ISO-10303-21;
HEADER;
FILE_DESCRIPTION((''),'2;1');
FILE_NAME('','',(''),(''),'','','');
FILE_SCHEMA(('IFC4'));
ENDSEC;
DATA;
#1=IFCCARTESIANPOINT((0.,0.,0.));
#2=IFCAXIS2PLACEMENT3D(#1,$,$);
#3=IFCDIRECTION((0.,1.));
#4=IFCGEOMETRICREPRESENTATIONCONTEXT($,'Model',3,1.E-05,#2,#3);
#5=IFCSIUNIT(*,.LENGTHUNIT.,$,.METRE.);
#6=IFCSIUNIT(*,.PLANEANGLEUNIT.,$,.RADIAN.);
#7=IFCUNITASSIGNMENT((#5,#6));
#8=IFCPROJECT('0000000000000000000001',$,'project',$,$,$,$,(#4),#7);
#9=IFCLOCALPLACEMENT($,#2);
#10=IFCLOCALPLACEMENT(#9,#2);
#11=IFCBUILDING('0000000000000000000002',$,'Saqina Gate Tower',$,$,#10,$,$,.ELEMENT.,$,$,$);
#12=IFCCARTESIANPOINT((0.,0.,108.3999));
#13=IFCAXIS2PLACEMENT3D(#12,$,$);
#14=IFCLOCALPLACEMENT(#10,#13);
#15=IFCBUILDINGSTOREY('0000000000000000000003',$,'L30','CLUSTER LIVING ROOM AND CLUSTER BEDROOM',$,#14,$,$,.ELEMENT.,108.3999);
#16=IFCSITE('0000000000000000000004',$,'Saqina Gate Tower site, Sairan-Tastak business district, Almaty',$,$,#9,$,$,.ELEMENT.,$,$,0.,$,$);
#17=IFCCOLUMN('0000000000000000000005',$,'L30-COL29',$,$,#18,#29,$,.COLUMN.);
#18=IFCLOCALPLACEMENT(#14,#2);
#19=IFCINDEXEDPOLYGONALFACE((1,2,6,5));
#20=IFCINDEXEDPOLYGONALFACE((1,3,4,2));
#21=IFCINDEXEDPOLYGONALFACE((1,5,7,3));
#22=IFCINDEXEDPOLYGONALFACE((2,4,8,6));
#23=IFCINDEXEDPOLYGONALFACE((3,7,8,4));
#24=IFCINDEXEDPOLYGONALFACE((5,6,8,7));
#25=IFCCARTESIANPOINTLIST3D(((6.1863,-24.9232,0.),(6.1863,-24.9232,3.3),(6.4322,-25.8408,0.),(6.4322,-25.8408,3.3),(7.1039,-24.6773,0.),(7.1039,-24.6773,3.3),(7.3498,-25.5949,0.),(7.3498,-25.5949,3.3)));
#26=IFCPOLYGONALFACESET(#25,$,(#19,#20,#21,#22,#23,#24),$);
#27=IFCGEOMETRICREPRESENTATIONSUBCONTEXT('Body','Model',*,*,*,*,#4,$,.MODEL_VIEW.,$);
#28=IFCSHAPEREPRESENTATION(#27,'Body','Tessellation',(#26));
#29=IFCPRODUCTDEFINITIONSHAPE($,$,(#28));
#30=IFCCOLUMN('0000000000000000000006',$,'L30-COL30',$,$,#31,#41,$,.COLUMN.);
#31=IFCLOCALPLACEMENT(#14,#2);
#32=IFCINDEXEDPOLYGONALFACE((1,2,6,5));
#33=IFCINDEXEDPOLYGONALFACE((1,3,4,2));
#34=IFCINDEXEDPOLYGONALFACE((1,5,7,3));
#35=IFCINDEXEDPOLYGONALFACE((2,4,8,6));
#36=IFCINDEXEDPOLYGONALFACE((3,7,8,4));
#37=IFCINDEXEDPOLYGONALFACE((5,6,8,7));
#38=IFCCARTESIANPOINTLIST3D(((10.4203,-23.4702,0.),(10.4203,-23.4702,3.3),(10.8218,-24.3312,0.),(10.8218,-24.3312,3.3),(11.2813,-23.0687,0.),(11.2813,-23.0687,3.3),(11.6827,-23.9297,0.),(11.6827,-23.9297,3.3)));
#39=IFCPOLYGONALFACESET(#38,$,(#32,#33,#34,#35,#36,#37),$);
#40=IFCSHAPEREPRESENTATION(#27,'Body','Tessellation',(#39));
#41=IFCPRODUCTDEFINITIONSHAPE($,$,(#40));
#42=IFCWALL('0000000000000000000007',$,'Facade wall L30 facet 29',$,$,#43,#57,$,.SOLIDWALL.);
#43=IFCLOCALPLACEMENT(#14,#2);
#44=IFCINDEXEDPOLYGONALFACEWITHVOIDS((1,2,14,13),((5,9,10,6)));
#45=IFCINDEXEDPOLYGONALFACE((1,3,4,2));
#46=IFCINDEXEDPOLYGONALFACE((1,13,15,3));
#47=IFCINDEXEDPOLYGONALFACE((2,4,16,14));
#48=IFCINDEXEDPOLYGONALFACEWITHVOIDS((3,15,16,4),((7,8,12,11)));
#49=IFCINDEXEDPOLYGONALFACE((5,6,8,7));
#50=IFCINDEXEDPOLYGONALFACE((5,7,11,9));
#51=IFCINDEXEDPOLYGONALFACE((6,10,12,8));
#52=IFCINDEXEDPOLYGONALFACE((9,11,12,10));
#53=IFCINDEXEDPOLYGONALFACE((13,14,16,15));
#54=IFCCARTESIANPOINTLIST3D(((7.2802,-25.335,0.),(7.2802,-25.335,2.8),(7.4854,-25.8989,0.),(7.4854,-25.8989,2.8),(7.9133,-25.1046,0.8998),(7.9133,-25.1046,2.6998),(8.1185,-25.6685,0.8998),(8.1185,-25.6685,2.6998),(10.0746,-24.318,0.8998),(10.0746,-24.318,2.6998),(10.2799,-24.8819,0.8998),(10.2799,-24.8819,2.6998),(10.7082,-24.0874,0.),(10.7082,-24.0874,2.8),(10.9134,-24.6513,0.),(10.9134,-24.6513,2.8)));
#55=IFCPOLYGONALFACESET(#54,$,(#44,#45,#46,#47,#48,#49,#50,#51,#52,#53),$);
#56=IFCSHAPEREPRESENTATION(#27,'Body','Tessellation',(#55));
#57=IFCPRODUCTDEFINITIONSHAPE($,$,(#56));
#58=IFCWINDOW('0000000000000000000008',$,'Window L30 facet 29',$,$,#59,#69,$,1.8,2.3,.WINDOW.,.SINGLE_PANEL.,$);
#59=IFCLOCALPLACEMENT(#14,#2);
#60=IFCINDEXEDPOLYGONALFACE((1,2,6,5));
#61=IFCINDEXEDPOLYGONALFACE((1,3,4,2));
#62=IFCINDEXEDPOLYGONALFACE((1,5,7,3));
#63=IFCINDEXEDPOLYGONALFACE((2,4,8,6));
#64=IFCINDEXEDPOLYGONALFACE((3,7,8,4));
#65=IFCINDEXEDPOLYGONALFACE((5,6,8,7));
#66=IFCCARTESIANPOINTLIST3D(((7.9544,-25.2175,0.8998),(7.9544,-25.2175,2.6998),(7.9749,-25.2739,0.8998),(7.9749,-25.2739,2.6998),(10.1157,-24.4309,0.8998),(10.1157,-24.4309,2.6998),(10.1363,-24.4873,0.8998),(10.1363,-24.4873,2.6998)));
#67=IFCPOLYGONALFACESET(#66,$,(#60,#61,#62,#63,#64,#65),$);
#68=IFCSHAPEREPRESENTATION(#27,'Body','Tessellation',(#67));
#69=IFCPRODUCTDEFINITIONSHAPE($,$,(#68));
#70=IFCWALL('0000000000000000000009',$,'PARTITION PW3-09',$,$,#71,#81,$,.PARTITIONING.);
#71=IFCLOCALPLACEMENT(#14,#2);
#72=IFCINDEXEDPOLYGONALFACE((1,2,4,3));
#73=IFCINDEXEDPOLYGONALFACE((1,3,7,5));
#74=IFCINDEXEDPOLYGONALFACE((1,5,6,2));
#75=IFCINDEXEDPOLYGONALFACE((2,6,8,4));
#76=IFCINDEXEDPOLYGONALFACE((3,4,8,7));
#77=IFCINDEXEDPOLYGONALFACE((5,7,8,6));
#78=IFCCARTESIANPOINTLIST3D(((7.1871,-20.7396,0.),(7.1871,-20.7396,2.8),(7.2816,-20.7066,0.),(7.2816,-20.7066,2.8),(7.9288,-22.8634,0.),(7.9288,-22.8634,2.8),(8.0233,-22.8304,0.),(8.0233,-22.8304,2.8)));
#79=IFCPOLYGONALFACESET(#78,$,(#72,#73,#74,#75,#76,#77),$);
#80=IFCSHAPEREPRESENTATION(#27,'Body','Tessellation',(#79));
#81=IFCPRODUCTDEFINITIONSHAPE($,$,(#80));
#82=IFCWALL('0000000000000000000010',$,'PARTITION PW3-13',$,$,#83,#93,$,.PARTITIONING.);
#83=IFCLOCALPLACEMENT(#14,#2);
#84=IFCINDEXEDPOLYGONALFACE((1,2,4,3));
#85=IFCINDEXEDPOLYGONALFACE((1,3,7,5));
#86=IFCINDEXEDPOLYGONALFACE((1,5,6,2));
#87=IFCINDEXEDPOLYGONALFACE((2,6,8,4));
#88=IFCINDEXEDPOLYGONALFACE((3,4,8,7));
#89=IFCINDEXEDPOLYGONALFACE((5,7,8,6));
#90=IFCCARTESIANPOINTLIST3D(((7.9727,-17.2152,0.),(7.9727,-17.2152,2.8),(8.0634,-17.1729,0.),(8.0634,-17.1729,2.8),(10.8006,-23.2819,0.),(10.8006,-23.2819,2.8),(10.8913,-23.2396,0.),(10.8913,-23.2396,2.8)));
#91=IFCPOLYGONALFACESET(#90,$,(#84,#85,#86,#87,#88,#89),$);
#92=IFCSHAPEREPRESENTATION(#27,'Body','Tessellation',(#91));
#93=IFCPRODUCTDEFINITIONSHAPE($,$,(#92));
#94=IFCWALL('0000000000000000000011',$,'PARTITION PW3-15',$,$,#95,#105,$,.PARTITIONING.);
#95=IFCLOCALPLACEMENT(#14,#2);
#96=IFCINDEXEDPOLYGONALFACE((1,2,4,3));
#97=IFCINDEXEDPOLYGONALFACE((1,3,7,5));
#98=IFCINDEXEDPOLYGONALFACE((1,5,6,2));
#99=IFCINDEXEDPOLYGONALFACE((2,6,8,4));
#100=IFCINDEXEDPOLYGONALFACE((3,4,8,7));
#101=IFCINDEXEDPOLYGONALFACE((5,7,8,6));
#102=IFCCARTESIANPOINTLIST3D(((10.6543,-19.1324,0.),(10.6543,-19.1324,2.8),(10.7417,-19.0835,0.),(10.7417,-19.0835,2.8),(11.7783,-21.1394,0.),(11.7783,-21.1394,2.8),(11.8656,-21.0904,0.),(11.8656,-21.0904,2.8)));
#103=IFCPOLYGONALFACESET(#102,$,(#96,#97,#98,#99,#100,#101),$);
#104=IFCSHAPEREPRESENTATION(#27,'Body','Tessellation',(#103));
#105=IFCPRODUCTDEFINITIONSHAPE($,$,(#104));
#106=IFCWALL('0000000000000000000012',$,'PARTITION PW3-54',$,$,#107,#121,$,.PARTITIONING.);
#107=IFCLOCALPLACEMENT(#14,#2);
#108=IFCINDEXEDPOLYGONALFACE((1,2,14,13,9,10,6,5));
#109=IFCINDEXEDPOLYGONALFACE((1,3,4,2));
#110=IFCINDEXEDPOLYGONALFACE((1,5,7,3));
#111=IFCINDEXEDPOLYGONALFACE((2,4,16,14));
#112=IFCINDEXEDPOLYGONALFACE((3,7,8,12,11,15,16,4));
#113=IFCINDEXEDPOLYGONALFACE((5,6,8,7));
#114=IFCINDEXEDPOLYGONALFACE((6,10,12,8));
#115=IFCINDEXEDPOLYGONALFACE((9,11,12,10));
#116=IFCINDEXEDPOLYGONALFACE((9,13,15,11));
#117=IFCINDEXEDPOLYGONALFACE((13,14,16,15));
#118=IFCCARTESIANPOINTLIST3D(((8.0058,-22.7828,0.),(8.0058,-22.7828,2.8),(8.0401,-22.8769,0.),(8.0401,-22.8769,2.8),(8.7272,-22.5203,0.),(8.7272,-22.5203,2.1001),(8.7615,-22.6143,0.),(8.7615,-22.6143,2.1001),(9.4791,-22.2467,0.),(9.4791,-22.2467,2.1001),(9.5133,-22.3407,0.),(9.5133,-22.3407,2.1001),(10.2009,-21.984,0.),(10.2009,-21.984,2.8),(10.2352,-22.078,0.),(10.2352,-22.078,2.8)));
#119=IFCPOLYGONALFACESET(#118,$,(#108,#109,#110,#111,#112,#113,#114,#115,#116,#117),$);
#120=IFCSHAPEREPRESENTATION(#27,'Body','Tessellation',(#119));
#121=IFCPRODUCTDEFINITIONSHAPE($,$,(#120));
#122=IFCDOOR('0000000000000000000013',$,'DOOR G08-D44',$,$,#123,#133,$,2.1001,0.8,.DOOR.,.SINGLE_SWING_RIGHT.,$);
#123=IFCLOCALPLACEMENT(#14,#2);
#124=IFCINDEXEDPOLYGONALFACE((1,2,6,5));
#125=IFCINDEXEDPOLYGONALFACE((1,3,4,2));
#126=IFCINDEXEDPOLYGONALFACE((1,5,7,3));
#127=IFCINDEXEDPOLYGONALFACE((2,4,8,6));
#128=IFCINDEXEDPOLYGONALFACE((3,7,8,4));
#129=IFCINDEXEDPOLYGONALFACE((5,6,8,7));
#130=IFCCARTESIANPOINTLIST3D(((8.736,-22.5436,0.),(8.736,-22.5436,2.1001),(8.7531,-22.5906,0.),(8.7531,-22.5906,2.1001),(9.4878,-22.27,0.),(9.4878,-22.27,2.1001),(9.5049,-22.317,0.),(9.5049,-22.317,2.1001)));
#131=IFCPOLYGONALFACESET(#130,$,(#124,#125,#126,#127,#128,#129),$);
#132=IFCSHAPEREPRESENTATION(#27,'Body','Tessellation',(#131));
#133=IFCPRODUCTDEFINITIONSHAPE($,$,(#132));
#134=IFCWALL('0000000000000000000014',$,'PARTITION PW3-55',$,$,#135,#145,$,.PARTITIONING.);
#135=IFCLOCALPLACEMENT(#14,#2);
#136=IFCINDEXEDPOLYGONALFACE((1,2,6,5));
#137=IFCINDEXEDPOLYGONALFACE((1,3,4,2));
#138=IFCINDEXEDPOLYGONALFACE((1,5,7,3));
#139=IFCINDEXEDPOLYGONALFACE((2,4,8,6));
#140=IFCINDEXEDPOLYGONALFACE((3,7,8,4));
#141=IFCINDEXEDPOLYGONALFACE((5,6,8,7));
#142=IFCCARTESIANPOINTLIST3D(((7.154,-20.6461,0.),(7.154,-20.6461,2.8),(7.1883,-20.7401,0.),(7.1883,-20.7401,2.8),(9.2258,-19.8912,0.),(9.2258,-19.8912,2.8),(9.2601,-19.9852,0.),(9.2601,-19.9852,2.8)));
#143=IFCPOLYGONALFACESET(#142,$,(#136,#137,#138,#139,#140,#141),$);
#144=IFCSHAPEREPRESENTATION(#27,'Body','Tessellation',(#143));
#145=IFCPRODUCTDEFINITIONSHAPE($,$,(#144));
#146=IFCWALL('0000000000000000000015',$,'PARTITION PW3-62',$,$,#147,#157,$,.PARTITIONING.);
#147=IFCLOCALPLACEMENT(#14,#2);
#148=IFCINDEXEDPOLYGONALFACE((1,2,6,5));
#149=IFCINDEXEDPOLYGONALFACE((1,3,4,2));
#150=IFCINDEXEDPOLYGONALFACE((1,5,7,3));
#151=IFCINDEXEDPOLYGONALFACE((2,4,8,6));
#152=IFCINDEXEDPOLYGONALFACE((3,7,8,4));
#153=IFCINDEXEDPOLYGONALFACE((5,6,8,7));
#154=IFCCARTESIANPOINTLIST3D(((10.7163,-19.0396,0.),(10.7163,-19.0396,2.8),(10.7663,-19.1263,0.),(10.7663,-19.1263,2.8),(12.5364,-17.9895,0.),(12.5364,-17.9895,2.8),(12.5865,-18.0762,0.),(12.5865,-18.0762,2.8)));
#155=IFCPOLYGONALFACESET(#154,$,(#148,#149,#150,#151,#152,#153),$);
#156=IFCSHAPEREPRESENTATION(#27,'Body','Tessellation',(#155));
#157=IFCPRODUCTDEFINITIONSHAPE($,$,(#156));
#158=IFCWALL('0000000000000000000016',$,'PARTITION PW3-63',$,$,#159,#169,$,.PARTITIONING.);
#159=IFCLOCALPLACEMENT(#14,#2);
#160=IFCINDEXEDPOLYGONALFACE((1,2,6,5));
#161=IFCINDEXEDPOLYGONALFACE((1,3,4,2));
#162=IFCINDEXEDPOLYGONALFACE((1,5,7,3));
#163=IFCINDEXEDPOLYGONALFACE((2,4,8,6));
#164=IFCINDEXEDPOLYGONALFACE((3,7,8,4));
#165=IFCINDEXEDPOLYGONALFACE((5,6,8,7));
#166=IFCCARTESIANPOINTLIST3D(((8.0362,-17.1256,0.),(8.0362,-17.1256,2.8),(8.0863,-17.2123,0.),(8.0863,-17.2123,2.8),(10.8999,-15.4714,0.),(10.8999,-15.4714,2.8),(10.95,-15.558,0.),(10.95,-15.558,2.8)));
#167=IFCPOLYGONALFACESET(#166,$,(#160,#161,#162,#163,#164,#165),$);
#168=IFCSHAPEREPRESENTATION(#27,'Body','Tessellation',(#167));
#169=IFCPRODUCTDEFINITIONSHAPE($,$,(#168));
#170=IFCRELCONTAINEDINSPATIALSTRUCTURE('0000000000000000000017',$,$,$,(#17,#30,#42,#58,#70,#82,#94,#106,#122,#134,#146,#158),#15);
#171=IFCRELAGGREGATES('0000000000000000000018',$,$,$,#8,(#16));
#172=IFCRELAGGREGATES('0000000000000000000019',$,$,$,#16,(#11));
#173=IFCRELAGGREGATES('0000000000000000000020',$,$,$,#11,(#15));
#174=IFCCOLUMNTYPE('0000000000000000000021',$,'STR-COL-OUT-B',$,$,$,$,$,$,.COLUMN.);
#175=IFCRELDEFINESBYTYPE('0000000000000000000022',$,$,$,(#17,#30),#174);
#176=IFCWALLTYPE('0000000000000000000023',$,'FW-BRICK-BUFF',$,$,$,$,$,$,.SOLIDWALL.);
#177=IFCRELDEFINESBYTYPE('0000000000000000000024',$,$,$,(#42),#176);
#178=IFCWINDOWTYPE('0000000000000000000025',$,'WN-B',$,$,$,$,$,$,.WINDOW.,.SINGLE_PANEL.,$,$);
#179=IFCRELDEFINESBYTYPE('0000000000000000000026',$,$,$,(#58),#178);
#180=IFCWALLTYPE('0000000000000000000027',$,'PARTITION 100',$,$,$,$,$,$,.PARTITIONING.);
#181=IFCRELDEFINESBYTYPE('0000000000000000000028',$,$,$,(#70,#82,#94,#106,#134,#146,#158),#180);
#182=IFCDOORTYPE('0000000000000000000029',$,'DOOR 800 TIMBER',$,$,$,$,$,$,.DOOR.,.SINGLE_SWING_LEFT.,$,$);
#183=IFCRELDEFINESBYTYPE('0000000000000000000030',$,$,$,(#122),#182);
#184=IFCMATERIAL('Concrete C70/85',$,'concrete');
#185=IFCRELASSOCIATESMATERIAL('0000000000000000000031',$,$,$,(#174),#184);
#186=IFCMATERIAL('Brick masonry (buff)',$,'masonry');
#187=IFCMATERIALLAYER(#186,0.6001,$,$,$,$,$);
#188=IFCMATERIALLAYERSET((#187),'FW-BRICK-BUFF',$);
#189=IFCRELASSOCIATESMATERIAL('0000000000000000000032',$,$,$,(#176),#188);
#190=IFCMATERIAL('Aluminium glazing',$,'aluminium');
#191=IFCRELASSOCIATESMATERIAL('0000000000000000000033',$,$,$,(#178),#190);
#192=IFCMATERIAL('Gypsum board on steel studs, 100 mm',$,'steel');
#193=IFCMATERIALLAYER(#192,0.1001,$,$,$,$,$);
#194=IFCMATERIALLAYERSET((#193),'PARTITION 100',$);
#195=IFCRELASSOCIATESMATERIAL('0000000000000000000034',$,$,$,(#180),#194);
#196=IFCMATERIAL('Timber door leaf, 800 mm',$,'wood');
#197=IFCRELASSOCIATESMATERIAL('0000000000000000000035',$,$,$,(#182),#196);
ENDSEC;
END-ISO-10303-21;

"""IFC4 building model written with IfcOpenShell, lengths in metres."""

from ifc_helpers import new_model, si_unit, direction, frame, frame_2d, origin, origin_2d, place, context, subcontext, project, spatial, rectangle, extrude, material, layer, layer_set, material_profile, profile_set, type_object, element, fill, save


model = new_model("IFC4")

# Units and contexts
model_context = context("Model", 3, precision=1e-05, world=origin(), true_north=direction((0.0, 1.0)))
body_context = subcontext(model_context, "Body", "Model", "MODEL_VIEW")
ifc_project = project(units=[si_unit("LENGTHUNIT", "METRE"), si_unit("PLANEANGLEUNIT", "RADIAN")], contexts=[model_context])

# Site, building, storey
site_placement = place(None, origin())
site = spatial("IfcSite", under=ifc_project, at=site_placement, Name="Saqina Gate Tower site, Sairan-Tastak business district, Almaty", CompositionType="ELEMENT", RefElevation=0.0)
building_placement = place(site_placement, origin())
building = spatial("IfcBuilding", under=site, at=building_placement, Name="Saqina Gate Tower", CompositionType="ELEMENT")
storey_placement = place(building_placement, frame((0.0, 0.0, 108.3999)))
storey = spatial("IfcBuildingStorey", under=building, at=storey_placement, Name="L30", Description="CLUSTER LIVING ROOM AND CLUSTER BEDROOM", CompositionType="ELEMENT", Elevation=108.3999)

# Columns
ifc_material_1 = material(Name="Concrete C70/85", Category="concrete")
ifc_material_profile = material_profile(ifc_material_1, rectangle(XDim=0.95, YDim=0.95, at=origin_2d()), Name="RC 950x950")
ifc_profile_set = profile_set([ifc_material_profile], Name="Concrete C70/85")
column_type = type_object("IfcColumnType", Name="STR-COL-OUT-B", PredefinedType="COLUMN", material=ifc_profile_set)
for number, where, z_axis, x_axis, name in (
    (1, (6.7681, -25.259, 0.0), (0.0, 0.0, 1.0), (0.258819, -0.965926, 0.0), "L30-COL29"),
    (2, (11.0515, -23.7, 0.0), (0.0, 0.0, 1.0), (0.422618, -0.906308, 0.0), "L30-COL30"),
):
    element("IfcColumn", number, at=place(storey_placement, frame(where, z_axis=z_axis, x_axis=x_axis)), inside=storey, type_object=column_type, Name=name, PredefinedType="COLUMN", context=body_context, shape_type="SweptSolid", body=[
        extrude(rectangle(XDim=0.95, YDim=0.95, at=origin_2d()), origin(), (0.0, 0.0, 1.0), 3.3),
    ])

# Wall, opening, window
ifc_material_2 = material(Name="Brick masonry (buff)", Category="masonry")
ifc_layer_1 = layer(ifc_material_2, 0.6001)
ifc_layer_set_1 = layer_set([ifc_layer_1], Name="FW-BRICK-BUFF")
wall_type_1 = type_object("IfcWallType", Name="FW-BRICK-BUFF", PredefinedType="SOLIDWALL", material=ifc_layer_set_1)
wall_1_placement = place(storey_placement, frame((7.3828, -25.6169, 0.0), z_axis=(0.0, 0.0, 1.0), x_axis=(0.939704, 0.34199, 0.0)))
wall_1 = element("IfcWall", 3, at=wall_1_placement, inside=storey, type_object=wall_type_1, Name="Facade wall L30 facet 29", PredefinedType="SOLIDWALL", context=body_context, shape_type="SweptSolid", body=[
    extrude(rectangle(XDim=3.6479, YDim=0.6001, at=frame_2d((1.824, 0.0))), origin(), (0.0, 0.0, 1.0), 2.8),
])
opening_1_placement = place(wall_1_placement, frame((0.6738, 0.0, 0.8999)))
opening_1 = element("IfcOpeningElement", 4, at=opening_1_placement, cuts=wall_1, PredefinedType="OPENING", context=body_context, shape_type="SweptSolid", body=[
    extrude(rectangle(XDim=2.3, YDim=1.8, at=frame_2d((1.1499, 0.8999))), frame((0.0, 0.312, 0.0), z_axis=(0.0, -1.0, 0.0), x_axis=(1.0, 0.0, 0.0)), (0.0, 0.0, 1.0), 0.624),
])
ifc_material_3 = material(Name="Aluminium glazing", Category="aluminium")
window_type = type_object("IfcWindowType", Name="WN-B", PartitioningType="SINGLE_PANEL", PredefinedType="WINDOW", material=ifc_material_3)
window_placement = place(opening_1_placement, origin())
window = element("IfcWindow", 5, at=window_placement, inside=storey, type_object=window_type, Name="Window L30 facet 29", OverallHeight=1.8, OverallWidth=2.3, PartitioningType="SINGLE_PANEL", PredefinedType="WINDOW", context=body_context, shape_type="SweptSolid", body=[
    extrude(rectangle(XDim=2.3, YDim=1.8, at=frame_2d((1.1499, 0.8999))), frame((0.0, 0.1799, 0.0), z_axis=(0.0, -1.0, 0.0), x_axis=(1.0, 0.0, 0.0)), (0.0, 0.0, 1.0), 0.0601),
])
fill(opening_1, window)

# Walls
ifc_material_4 = material(Name="Gypsum board on steel studs, 100 mm", Category="steel")
ifc_layer_2 = layer(ifc_material_4, 0.1001)
ifc_layer_set_2 = layer_set([ifc_layer_2], Name="PARTITION 100")
wall_type_2 = type_object("IfcWallType", Name="PARTITION 100", PredefinedType="PARTITIONING", material=ifc_layer_set_2)
wall_2_placement = place(storey_placement, frame((7.2344, -20.7231, 0.0), z_axis=(0.0, 0.0, 1.0), x_axis=(0.329707, -0.944083, 0.0)))
element("IfcWall", 6, at=wall_2_placement, inside=storey, type_object=wall_type_2, Name="PARTITION PW3-09", PredefinedType="PARTITIONING", context=body_context, shape_type="SweptSolid", body=[
    extrude(rectangle(XDim=2.2495, YDim=0.1001, at=frame_2d((1.1248, 0.0))), origin(), (0.0, 0.0, 1.0), 2.8),
])
wall_3_placement = place(storey_placement, frame((8.0181, -17.1941, 0.0), z_axis=(0.0, 0.0, 1.0), x_axis=(0.42249, -0.906368, 0.0)))
element("IfcWall", 7, at=wall_3_placement, inside=storey, type_object=wall_type_2, Name="PARTITION PW3-13", PredefinedType="PARTITIONING", context=body_context, shape_type="SweptSolid", body=[
    extrude(rectangle(XDim=6.6934, YDim=0.1001, at=frame_2d((3.3467, 0.0))), origin(), (0.0, 0.0, 1.0), 2.8),
])
wall_4_placement = place(storey_placement, frame((10.698, -19.1079, 0.0), z_axis=(0.0, 0.0, 1.0), x_axis=(0.488623, -0.872495, 0.0)))
element("IfcWall", 8, at=wall_4_placement, inside=storey, type_object=wall_type_2, Name="PARTITION PW3-15", PredefinedType="PARTITIONING", context=body_context, shape_type="SweptSolid", body=[
    extrude(rectangle(XDim=2.3003, YDim=0.1001, at=frame_2d((1.1501, 0.0))), origin(), (0.0, 0.0, 1.0), 2.8),
])

# Wall, opening, door
wall_5_placement = place(storey_placement, frame((8.0229, -22.8298, 0.0), z_axis=(0.0, 0.0, 1.0), x_axis=(0.939708, 0.341978, 0.0)))
wall_5 = element("IfcWall", 9, at=wall_5_placement, inside=storey, type_object=wall_type_2, Name="PARTITION PW3-54", PredefinedType="PARTITIONING", context=body_context, shape_type="SweptSolid", body=[
    extrude(rectangle(XDim=2.3359, YDim=0.1001, at=frame_2d((1.168, 0.0))), origin(), (0.0, 0.0, 1.0), 2.8),
])
opening_2_placement = place(wall_5_placement, frame((0.7678, 0.0, 0.0)))
opening_2 = element("IfcOpeningElement", 10, at=opening_2_placement, cuts=wall_5, PredefinedType="OPENING", context=body_context, shape_type="SweptSolid", body=[
    extrude(rectangle(XDim=0.8, YDim=2.1001, at=frame_2d((0.3999, 1.05))), frame((0.0, 0.062, 0.0), z_axis=(0.0, -1.0, 0.0), x_axis=(1.0, 0.0, 0.0)), (0.0, 0.0, 1.0), 0.124),
])
ifc_material_5 = material(Name="Timber door leaf, 800 mm", Category="wood")
door_type_1 = type_object("IfcDoorType", Name="DOOR 800 TIMBER", OperationType="SINGLE_SWING_LEFT", PredefinedType="DOOR", material=ifc_material_5)
door_1_placement = place(opening_2_placement, frame((0.8, 0.0, 0.0), z_axis=(0.0, 0.0, 1.0), x_axis=(-1.0, 0.0, 0.0)))
door_1 = element("IfcDoor", 11, at=door_1_placement, inside=storey, type_object=door_type_1, Name="DOOR G08-D44", OperationType="SINGLE_SWING_RIGHT", OverallHeight=2.1001, OverallWidth=0.8, PredefinedType="DOOR", context=body_context, shape_type="SweptSolid", body=[
    extrude(rectangle(XDim=0.8, YDim=2.1001, at=frame_2d((0.3999, 1.05))), frame((0.0, 0.0249, 0.0), z_axis=(0.0, -1.0, 0.0), x_axis=(1.0, 0.0, 0.0)), (0.0, 0.0, 1.0), 0.05),
])
fill(opening_2, door_1)

# Walls
wall_6_placement = place(storey_placement, frame((7.1711, -20.6931, 0.0), z_axis=(0.0, 0.0, 1.0), x_axis=(0.939573, 0.342348, 0.0)))
element("IfcWall", 12, at=wall_6_placement, inside=storey, type_object=wall_type_2, Name="PARTITION PW3-55", PredefinedType="PARTITIONING", context=body_context, shape_type="SweptSolid", body=[
    extrude(rectangle(XDim=2.2051, YDim=0.1001, at=frame_2d((1.1025, 0.0))), origin(), (0.0, 0.0, 1.0), 2.8),
])
wall_7_placement = place(storey_placement, frame((10.7412, -19.083, 0.0), z_axis=(0.0, 0.0, 1.0), x_axis=(0.866184, 0.499726, 0.0)))
element("IfcWall", 13, at=wall_7_placement, inside=storey, type_object=wall_type_2, Name="PARTITION PW3-62", PredefinedType="PARTITIONING", context=body_context, shape_type="SweptSolid", body=[
    extrude(rectangle(XDim=2.1013, YDim=0.1001, at=frame_2d((1.0508, 0.0))), origin(), (0.0, 0.0, 1.0), 2.8),
])
wall_8_placement = place(storey_placement, frame((8.0613, -17.1689, 0.0), z_axis=(0.0, 0.0, 1.0), x_axis=(0.865908, 0.500204, 0.0)))
element("IfcWall", 14, at=wall_8_placement, inside=storey, type_object=wall_type_2, Name="PARTITION PW3-63", PredefinedType="PARTITIONING", context=body_context, shape_type="SweptSolid", body=[
    extrude(rectangle(XDim=3.3071, YDim=0.1001, at=frame_2d((1.6536, 0.0))), origin(), (0.0, 0.0, 1.0), 2.8),
])

save(model, "model.ifc")
